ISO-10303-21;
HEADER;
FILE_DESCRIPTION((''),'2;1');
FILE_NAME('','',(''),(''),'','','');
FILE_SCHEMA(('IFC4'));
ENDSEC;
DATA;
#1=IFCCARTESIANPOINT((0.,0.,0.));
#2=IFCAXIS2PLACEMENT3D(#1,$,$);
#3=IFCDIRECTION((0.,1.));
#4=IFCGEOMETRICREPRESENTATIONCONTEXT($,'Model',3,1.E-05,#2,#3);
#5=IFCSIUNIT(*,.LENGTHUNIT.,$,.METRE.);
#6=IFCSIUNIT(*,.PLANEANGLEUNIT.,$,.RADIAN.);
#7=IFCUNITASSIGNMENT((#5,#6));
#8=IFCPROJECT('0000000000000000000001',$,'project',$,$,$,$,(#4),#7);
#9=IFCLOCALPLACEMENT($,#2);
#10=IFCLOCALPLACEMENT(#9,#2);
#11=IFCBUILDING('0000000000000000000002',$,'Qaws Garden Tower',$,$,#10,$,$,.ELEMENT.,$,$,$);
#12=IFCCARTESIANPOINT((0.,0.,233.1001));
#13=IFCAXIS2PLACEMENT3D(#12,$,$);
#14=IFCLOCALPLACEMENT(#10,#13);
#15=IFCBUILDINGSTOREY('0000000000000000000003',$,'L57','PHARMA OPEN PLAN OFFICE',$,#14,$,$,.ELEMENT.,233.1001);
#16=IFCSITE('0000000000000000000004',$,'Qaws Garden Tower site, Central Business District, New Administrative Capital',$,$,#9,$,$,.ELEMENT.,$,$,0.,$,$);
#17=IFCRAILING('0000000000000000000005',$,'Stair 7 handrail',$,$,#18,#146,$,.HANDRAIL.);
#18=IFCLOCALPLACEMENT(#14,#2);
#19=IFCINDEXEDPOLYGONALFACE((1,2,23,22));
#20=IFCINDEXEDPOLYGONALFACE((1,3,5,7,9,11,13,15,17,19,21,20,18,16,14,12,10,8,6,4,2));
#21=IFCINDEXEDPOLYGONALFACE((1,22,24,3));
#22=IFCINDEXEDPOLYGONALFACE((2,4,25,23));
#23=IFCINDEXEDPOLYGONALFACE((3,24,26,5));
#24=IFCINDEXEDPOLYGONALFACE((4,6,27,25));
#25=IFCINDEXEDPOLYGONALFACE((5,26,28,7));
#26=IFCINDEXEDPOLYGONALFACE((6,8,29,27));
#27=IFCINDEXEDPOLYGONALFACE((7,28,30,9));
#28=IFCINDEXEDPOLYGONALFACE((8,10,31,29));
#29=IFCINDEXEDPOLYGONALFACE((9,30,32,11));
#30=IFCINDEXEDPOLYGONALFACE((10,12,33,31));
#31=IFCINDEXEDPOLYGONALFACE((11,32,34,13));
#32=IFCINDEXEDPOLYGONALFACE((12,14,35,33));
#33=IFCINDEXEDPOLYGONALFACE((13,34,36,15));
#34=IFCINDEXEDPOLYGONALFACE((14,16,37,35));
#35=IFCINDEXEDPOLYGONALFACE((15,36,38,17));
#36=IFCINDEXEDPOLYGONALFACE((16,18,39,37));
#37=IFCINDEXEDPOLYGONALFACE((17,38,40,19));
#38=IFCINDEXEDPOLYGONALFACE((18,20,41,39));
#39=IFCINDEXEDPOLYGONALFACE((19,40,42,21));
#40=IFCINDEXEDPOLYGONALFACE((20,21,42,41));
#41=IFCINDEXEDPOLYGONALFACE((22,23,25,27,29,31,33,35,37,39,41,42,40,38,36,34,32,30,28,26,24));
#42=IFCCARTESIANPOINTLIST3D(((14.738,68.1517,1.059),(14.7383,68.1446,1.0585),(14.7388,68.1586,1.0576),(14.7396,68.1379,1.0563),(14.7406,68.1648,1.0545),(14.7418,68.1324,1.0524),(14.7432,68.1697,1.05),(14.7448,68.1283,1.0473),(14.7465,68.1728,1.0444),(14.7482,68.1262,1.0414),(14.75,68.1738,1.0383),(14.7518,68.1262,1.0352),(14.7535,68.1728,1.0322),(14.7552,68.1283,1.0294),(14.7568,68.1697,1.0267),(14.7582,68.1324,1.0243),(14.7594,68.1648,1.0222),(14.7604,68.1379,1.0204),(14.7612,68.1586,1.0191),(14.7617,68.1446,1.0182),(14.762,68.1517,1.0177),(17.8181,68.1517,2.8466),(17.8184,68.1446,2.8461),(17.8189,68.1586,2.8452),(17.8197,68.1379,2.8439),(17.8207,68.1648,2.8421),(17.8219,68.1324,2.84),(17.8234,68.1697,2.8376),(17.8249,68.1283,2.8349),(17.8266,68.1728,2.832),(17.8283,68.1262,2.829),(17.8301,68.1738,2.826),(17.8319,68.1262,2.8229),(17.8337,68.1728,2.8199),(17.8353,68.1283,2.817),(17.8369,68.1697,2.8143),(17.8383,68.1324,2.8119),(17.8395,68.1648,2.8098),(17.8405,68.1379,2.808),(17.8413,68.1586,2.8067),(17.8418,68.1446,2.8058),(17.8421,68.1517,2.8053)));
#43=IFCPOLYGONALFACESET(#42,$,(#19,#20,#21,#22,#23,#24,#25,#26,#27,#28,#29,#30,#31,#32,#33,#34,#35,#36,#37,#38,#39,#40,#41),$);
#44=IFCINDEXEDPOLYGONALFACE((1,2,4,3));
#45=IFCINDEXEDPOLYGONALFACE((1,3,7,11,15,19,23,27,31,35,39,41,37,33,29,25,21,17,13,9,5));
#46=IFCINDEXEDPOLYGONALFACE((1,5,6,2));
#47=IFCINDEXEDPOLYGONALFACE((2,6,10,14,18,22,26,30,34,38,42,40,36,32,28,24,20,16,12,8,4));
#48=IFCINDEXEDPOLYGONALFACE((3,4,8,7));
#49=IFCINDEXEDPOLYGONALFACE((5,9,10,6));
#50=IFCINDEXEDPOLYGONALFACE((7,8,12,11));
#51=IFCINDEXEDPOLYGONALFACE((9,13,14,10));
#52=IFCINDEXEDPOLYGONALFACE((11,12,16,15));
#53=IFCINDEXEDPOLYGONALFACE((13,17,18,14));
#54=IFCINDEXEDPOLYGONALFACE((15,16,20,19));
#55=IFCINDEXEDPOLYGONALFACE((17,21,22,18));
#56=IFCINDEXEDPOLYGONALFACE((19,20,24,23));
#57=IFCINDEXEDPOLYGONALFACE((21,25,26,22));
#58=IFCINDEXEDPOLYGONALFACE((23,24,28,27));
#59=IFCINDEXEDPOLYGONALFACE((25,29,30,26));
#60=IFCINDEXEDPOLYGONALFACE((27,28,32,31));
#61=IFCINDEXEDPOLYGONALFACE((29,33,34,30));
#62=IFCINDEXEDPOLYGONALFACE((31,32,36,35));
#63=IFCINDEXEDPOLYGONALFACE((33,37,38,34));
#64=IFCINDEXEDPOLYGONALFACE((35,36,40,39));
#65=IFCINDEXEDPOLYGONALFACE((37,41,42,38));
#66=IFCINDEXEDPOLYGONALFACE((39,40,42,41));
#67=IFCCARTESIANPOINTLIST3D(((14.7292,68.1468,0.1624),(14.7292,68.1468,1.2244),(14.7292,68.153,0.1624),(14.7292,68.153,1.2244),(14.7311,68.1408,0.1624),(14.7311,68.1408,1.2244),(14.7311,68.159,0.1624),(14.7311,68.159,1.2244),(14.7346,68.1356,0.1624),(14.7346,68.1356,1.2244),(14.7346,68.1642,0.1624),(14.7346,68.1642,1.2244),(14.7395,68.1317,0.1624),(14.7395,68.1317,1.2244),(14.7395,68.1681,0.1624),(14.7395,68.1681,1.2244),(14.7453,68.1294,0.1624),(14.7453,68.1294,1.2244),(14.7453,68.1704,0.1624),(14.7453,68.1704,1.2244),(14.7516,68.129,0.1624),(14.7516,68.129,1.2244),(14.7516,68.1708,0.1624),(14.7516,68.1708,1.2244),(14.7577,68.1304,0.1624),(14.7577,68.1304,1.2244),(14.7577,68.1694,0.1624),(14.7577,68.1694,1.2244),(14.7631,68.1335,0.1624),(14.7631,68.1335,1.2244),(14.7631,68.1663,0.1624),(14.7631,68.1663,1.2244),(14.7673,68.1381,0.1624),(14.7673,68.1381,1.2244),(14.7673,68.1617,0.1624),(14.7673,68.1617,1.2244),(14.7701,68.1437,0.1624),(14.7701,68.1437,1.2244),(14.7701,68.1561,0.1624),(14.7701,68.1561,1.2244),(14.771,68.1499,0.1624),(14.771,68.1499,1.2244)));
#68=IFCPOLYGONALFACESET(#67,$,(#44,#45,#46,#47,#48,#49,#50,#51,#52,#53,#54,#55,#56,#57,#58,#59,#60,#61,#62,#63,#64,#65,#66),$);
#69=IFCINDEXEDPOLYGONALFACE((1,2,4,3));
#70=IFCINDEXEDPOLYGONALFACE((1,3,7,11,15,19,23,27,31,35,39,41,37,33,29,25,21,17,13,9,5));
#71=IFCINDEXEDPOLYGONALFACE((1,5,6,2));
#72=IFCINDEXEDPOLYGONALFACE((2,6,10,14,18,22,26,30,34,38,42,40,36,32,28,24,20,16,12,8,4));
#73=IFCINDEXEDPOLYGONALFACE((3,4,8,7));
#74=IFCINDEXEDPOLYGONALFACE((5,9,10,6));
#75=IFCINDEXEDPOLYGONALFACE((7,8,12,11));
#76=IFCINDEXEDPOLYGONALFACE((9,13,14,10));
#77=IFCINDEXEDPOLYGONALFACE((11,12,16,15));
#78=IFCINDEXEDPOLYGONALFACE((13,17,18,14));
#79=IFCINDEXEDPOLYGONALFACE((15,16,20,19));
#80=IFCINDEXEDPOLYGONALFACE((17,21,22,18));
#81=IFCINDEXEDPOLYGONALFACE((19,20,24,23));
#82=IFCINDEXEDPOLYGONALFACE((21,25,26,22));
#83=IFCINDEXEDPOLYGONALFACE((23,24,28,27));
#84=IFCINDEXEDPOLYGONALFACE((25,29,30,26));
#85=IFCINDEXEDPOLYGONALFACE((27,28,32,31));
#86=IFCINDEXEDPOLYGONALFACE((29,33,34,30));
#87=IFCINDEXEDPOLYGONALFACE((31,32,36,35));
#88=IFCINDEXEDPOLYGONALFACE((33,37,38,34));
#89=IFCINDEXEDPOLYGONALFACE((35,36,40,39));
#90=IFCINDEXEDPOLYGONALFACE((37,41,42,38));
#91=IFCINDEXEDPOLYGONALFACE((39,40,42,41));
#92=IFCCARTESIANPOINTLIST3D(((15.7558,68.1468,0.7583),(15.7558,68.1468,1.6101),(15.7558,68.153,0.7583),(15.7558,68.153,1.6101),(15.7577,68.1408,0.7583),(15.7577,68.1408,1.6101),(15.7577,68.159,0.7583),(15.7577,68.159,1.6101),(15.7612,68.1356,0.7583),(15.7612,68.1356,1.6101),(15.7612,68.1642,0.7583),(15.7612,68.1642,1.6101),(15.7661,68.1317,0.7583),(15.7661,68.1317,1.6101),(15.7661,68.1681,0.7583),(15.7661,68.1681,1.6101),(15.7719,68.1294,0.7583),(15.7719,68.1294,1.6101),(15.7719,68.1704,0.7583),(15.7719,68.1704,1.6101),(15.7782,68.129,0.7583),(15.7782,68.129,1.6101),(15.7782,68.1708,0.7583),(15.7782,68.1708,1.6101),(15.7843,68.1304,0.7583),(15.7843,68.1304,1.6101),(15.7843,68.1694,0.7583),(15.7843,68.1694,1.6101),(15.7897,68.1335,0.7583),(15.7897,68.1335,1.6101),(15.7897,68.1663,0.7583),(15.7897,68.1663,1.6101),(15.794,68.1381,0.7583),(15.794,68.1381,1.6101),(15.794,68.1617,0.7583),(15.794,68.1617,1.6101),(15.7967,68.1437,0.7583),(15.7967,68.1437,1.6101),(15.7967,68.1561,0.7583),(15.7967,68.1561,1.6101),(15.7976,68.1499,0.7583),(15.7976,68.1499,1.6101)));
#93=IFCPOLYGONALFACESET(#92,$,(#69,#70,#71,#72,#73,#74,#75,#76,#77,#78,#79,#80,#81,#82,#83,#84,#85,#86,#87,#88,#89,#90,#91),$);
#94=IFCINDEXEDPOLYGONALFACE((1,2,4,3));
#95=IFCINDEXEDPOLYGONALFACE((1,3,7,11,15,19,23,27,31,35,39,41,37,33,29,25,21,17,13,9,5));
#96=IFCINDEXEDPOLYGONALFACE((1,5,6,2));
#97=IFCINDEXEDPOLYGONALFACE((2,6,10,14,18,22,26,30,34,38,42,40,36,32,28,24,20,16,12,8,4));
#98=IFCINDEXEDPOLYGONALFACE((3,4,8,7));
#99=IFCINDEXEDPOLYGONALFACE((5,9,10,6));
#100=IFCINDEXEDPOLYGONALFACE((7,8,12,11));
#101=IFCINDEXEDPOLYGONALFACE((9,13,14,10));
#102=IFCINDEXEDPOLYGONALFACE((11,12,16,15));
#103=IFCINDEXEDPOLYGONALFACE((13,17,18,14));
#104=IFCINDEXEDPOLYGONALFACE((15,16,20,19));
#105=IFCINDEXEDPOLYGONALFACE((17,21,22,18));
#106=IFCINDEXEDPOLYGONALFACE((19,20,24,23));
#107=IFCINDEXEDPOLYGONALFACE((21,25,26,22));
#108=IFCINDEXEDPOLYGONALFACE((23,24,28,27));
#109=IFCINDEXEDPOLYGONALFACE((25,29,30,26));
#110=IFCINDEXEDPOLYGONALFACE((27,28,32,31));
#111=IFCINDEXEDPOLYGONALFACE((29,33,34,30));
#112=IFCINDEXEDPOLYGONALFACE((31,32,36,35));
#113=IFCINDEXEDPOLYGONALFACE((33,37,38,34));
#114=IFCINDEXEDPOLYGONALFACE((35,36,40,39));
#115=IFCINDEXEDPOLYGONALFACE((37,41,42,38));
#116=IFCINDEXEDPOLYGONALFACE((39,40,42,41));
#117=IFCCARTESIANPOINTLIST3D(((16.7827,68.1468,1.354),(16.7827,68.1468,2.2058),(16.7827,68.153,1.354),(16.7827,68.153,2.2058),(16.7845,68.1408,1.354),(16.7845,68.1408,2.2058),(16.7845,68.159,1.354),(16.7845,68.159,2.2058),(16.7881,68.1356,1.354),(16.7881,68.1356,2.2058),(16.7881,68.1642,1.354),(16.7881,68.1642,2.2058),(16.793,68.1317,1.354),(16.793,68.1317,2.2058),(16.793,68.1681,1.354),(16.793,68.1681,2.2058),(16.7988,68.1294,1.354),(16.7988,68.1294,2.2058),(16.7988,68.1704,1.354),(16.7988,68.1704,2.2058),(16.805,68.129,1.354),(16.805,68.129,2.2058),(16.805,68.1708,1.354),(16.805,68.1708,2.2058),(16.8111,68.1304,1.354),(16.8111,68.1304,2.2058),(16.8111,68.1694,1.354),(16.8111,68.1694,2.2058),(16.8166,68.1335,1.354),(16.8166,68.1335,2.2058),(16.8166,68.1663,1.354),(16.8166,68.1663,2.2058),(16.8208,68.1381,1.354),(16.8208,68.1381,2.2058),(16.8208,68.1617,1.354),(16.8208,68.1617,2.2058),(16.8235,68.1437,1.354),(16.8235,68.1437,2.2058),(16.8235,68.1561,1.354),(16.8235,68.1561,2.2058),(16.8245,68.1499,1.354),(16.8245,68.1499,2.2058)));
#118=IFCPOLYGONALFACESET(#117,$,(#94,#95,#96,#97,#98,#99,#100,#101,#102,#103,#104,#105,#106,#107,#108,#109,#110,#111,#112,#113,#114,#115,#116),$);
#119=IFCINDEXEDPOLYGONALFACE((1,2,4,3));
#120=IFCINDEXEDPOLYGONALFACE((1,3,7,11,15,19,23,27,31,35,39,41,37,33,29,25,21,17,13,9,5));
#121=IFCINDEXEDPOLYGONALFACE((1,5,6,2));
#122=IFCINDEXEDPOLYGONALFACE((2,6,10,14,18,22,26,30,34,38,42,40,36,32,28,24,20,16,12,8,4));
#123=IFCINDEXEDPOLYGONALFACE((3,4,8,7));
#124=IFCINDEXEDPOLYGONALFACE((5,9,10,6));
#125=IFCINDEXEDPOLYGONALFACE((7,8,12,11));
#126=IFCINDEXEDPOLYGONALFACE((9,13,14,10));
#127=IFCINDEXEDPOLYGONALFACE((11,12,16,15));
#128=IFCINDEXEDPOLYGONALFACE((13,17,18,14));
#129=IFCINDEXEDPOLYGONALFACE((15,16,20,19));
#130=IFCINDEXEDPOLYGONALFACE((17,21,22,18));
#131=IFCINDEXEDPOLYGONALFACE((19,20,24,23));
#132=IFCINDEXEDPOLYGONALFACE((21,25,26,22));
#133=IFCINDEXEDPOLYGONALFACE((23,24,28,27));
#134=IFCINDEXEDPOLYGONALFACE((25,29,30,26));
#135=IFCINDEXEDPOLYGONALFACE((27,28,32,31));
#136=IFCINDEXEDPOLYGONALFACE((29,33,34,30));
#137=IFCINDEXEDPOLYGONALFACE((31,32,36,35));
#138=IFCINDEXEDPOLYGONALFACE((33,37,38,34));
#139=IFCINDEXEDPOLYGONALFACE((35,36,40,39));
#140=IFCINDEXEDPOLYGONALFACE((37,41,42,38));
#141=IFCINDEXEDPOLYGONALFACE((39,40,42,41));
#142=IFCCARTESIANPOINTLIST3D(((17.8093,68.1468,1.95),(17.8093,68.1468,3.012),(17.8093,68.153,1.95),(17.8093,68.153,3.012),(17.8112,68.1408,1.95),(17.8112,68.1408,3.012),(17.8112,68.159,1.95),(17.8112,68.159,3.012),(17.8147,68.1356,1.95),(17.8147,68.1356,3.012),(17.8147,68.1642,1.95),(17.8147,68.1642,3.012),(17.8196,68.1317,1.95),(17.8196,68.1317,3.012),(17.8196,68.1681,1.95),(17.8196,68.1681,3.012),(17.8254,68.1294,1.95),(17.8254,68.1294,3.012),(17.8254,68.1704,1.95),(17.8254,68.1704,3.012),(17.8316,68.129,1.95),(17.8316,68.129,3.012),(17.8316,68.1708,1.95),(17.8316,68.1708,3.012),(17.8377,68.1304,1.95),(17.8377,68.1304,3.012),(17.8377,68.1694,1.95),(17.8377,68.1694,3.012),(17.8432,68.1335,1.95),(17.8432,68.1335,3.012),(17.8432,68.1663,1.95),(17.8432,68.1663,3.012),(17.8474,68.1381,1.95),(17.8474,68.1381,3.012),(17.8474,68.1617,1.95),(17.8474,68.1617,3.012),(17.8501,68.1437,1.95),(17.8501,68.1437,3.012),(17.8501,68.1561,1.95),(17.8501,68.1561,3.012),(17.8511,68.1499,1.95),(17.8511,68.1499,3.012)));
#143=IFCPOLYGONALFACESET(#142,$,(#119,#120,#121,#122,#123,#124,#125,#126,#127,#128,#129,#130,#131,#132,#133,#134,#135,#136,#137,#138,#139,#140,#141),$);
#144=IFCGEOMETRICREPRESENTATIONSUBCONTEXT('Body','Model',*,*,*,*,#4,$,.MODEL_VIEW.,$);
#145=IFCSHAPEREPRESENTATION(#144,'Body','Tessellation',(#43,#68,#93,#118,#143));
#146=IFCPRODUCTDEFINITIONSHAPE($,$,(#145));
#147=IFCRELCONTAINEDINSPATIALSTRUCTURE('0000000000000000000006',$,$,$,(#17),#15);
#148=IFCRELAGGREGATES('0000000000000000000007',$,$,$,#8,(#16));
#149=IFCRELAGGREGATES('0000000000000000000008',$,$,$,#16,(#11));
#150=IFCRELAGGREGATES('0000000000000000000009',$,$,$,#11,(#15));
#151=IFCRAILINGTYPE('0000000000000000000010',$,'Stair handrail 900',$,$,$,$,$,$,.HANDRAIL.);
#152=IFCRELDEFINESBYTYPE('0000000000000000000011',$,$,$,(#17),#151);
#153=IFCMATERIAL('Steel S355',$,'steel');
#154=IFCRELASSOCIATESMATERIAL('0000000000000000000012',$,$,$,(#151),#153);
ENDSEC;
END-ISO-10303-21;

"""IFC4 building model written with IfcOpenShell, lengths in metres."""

from ifc_helpers import new_model, si_unit, direction, frame, origin, origin_2d, place, context, subcontext, project, spatial, circle, extrude, material, type_object, element, save


model = new_model("IFC4")

# Units and contexts
model_context = context("Model", 3, precision=1e-05, world=origin(), true_north=direction((0.0, 1.0)))
body_context = subcontext(model_context, "Body", "Model", "MODEL_VIEW")
ifc_project = project(units=[si_unit("LENGTHUNIT", "METRE"), si_unit("PLANEANGLEUNIT", "RADIAN")], contexts=[model_context])

# Site, building, storey
site_placement = place(None, origin())
site = spatial("IfcSite", under=ifc_project, at=site_placement, Name="Qaws Garden Tower site, Central Business District, New Administrative Capital", CompositionType="ELEMENT", RefElevation=0.0)
building_placement = place(site_placement, origin())
building = spatial("IfcBuilding", under=site, at=building_placement, Name="Qaws Garden Tower", CompositionType="ELEMENT")
storey_placement = place(building_placement, frame((0.0, 0.0, 233.1001)))
storey = spatial("IfcBuildingStorey", under=building, at=storey_placement, Name="L57", Description="PHARMA OPEN PLAN OFFICE", CompositionType="ELEMENT", Elevation=233.1001)

# Railing
ifc_material_1 = material(Name="Steel S355", Category="steel")
railing_type = type_object("IfcRailingType", Name="Stair handrail 900", PredefinedType="HANDRAIL", material=ifc_material_1)
railing_1_placement = place(storey_placement, frame((14.75, 68.1499, 0.1624)))
element("IfcRailing", 1, at=railing_1_placement, inside=storey, type_object=railing_type, Name="Stair 7 handrail", PredefinedType="HANDRAIL", context=body_context, shape_type="SweptSolid", body=[
    extrude(circle(Radius=0.0239, at=origin_2d()), frame((0.0, 0.0, 0.876), z_axis=(0.864891, 0.0, 0.50196), x_axis=(0.0, 1.0, 0.0)), (0.0, 0.0, 1.0), 3.5613),
    extrude(circle(Radius=0.021, at=origin_2d()), origin(), (0.0, 0.0, 1.0), 1.062),
    extrude(circle(Radius=0.021, at=origin_2d()), frame((1.0266, 0.0, 0.5959)), (0.0, 0.0, 1.0), 0.8518),
    extrude(circle(Radius=0.021, at=origin_2d()), frame((2.0535, 0.0, 1.1917)), (0.0, 0.0, 1.0), 0.8518),
    extrude(circle(Radius=0.021, at=origin_2d()), frame((3.0801, 0.0, 1.7876)), (0.0, 0.0, 1.0), 1.062),
])

save(model, "model.ifc")
